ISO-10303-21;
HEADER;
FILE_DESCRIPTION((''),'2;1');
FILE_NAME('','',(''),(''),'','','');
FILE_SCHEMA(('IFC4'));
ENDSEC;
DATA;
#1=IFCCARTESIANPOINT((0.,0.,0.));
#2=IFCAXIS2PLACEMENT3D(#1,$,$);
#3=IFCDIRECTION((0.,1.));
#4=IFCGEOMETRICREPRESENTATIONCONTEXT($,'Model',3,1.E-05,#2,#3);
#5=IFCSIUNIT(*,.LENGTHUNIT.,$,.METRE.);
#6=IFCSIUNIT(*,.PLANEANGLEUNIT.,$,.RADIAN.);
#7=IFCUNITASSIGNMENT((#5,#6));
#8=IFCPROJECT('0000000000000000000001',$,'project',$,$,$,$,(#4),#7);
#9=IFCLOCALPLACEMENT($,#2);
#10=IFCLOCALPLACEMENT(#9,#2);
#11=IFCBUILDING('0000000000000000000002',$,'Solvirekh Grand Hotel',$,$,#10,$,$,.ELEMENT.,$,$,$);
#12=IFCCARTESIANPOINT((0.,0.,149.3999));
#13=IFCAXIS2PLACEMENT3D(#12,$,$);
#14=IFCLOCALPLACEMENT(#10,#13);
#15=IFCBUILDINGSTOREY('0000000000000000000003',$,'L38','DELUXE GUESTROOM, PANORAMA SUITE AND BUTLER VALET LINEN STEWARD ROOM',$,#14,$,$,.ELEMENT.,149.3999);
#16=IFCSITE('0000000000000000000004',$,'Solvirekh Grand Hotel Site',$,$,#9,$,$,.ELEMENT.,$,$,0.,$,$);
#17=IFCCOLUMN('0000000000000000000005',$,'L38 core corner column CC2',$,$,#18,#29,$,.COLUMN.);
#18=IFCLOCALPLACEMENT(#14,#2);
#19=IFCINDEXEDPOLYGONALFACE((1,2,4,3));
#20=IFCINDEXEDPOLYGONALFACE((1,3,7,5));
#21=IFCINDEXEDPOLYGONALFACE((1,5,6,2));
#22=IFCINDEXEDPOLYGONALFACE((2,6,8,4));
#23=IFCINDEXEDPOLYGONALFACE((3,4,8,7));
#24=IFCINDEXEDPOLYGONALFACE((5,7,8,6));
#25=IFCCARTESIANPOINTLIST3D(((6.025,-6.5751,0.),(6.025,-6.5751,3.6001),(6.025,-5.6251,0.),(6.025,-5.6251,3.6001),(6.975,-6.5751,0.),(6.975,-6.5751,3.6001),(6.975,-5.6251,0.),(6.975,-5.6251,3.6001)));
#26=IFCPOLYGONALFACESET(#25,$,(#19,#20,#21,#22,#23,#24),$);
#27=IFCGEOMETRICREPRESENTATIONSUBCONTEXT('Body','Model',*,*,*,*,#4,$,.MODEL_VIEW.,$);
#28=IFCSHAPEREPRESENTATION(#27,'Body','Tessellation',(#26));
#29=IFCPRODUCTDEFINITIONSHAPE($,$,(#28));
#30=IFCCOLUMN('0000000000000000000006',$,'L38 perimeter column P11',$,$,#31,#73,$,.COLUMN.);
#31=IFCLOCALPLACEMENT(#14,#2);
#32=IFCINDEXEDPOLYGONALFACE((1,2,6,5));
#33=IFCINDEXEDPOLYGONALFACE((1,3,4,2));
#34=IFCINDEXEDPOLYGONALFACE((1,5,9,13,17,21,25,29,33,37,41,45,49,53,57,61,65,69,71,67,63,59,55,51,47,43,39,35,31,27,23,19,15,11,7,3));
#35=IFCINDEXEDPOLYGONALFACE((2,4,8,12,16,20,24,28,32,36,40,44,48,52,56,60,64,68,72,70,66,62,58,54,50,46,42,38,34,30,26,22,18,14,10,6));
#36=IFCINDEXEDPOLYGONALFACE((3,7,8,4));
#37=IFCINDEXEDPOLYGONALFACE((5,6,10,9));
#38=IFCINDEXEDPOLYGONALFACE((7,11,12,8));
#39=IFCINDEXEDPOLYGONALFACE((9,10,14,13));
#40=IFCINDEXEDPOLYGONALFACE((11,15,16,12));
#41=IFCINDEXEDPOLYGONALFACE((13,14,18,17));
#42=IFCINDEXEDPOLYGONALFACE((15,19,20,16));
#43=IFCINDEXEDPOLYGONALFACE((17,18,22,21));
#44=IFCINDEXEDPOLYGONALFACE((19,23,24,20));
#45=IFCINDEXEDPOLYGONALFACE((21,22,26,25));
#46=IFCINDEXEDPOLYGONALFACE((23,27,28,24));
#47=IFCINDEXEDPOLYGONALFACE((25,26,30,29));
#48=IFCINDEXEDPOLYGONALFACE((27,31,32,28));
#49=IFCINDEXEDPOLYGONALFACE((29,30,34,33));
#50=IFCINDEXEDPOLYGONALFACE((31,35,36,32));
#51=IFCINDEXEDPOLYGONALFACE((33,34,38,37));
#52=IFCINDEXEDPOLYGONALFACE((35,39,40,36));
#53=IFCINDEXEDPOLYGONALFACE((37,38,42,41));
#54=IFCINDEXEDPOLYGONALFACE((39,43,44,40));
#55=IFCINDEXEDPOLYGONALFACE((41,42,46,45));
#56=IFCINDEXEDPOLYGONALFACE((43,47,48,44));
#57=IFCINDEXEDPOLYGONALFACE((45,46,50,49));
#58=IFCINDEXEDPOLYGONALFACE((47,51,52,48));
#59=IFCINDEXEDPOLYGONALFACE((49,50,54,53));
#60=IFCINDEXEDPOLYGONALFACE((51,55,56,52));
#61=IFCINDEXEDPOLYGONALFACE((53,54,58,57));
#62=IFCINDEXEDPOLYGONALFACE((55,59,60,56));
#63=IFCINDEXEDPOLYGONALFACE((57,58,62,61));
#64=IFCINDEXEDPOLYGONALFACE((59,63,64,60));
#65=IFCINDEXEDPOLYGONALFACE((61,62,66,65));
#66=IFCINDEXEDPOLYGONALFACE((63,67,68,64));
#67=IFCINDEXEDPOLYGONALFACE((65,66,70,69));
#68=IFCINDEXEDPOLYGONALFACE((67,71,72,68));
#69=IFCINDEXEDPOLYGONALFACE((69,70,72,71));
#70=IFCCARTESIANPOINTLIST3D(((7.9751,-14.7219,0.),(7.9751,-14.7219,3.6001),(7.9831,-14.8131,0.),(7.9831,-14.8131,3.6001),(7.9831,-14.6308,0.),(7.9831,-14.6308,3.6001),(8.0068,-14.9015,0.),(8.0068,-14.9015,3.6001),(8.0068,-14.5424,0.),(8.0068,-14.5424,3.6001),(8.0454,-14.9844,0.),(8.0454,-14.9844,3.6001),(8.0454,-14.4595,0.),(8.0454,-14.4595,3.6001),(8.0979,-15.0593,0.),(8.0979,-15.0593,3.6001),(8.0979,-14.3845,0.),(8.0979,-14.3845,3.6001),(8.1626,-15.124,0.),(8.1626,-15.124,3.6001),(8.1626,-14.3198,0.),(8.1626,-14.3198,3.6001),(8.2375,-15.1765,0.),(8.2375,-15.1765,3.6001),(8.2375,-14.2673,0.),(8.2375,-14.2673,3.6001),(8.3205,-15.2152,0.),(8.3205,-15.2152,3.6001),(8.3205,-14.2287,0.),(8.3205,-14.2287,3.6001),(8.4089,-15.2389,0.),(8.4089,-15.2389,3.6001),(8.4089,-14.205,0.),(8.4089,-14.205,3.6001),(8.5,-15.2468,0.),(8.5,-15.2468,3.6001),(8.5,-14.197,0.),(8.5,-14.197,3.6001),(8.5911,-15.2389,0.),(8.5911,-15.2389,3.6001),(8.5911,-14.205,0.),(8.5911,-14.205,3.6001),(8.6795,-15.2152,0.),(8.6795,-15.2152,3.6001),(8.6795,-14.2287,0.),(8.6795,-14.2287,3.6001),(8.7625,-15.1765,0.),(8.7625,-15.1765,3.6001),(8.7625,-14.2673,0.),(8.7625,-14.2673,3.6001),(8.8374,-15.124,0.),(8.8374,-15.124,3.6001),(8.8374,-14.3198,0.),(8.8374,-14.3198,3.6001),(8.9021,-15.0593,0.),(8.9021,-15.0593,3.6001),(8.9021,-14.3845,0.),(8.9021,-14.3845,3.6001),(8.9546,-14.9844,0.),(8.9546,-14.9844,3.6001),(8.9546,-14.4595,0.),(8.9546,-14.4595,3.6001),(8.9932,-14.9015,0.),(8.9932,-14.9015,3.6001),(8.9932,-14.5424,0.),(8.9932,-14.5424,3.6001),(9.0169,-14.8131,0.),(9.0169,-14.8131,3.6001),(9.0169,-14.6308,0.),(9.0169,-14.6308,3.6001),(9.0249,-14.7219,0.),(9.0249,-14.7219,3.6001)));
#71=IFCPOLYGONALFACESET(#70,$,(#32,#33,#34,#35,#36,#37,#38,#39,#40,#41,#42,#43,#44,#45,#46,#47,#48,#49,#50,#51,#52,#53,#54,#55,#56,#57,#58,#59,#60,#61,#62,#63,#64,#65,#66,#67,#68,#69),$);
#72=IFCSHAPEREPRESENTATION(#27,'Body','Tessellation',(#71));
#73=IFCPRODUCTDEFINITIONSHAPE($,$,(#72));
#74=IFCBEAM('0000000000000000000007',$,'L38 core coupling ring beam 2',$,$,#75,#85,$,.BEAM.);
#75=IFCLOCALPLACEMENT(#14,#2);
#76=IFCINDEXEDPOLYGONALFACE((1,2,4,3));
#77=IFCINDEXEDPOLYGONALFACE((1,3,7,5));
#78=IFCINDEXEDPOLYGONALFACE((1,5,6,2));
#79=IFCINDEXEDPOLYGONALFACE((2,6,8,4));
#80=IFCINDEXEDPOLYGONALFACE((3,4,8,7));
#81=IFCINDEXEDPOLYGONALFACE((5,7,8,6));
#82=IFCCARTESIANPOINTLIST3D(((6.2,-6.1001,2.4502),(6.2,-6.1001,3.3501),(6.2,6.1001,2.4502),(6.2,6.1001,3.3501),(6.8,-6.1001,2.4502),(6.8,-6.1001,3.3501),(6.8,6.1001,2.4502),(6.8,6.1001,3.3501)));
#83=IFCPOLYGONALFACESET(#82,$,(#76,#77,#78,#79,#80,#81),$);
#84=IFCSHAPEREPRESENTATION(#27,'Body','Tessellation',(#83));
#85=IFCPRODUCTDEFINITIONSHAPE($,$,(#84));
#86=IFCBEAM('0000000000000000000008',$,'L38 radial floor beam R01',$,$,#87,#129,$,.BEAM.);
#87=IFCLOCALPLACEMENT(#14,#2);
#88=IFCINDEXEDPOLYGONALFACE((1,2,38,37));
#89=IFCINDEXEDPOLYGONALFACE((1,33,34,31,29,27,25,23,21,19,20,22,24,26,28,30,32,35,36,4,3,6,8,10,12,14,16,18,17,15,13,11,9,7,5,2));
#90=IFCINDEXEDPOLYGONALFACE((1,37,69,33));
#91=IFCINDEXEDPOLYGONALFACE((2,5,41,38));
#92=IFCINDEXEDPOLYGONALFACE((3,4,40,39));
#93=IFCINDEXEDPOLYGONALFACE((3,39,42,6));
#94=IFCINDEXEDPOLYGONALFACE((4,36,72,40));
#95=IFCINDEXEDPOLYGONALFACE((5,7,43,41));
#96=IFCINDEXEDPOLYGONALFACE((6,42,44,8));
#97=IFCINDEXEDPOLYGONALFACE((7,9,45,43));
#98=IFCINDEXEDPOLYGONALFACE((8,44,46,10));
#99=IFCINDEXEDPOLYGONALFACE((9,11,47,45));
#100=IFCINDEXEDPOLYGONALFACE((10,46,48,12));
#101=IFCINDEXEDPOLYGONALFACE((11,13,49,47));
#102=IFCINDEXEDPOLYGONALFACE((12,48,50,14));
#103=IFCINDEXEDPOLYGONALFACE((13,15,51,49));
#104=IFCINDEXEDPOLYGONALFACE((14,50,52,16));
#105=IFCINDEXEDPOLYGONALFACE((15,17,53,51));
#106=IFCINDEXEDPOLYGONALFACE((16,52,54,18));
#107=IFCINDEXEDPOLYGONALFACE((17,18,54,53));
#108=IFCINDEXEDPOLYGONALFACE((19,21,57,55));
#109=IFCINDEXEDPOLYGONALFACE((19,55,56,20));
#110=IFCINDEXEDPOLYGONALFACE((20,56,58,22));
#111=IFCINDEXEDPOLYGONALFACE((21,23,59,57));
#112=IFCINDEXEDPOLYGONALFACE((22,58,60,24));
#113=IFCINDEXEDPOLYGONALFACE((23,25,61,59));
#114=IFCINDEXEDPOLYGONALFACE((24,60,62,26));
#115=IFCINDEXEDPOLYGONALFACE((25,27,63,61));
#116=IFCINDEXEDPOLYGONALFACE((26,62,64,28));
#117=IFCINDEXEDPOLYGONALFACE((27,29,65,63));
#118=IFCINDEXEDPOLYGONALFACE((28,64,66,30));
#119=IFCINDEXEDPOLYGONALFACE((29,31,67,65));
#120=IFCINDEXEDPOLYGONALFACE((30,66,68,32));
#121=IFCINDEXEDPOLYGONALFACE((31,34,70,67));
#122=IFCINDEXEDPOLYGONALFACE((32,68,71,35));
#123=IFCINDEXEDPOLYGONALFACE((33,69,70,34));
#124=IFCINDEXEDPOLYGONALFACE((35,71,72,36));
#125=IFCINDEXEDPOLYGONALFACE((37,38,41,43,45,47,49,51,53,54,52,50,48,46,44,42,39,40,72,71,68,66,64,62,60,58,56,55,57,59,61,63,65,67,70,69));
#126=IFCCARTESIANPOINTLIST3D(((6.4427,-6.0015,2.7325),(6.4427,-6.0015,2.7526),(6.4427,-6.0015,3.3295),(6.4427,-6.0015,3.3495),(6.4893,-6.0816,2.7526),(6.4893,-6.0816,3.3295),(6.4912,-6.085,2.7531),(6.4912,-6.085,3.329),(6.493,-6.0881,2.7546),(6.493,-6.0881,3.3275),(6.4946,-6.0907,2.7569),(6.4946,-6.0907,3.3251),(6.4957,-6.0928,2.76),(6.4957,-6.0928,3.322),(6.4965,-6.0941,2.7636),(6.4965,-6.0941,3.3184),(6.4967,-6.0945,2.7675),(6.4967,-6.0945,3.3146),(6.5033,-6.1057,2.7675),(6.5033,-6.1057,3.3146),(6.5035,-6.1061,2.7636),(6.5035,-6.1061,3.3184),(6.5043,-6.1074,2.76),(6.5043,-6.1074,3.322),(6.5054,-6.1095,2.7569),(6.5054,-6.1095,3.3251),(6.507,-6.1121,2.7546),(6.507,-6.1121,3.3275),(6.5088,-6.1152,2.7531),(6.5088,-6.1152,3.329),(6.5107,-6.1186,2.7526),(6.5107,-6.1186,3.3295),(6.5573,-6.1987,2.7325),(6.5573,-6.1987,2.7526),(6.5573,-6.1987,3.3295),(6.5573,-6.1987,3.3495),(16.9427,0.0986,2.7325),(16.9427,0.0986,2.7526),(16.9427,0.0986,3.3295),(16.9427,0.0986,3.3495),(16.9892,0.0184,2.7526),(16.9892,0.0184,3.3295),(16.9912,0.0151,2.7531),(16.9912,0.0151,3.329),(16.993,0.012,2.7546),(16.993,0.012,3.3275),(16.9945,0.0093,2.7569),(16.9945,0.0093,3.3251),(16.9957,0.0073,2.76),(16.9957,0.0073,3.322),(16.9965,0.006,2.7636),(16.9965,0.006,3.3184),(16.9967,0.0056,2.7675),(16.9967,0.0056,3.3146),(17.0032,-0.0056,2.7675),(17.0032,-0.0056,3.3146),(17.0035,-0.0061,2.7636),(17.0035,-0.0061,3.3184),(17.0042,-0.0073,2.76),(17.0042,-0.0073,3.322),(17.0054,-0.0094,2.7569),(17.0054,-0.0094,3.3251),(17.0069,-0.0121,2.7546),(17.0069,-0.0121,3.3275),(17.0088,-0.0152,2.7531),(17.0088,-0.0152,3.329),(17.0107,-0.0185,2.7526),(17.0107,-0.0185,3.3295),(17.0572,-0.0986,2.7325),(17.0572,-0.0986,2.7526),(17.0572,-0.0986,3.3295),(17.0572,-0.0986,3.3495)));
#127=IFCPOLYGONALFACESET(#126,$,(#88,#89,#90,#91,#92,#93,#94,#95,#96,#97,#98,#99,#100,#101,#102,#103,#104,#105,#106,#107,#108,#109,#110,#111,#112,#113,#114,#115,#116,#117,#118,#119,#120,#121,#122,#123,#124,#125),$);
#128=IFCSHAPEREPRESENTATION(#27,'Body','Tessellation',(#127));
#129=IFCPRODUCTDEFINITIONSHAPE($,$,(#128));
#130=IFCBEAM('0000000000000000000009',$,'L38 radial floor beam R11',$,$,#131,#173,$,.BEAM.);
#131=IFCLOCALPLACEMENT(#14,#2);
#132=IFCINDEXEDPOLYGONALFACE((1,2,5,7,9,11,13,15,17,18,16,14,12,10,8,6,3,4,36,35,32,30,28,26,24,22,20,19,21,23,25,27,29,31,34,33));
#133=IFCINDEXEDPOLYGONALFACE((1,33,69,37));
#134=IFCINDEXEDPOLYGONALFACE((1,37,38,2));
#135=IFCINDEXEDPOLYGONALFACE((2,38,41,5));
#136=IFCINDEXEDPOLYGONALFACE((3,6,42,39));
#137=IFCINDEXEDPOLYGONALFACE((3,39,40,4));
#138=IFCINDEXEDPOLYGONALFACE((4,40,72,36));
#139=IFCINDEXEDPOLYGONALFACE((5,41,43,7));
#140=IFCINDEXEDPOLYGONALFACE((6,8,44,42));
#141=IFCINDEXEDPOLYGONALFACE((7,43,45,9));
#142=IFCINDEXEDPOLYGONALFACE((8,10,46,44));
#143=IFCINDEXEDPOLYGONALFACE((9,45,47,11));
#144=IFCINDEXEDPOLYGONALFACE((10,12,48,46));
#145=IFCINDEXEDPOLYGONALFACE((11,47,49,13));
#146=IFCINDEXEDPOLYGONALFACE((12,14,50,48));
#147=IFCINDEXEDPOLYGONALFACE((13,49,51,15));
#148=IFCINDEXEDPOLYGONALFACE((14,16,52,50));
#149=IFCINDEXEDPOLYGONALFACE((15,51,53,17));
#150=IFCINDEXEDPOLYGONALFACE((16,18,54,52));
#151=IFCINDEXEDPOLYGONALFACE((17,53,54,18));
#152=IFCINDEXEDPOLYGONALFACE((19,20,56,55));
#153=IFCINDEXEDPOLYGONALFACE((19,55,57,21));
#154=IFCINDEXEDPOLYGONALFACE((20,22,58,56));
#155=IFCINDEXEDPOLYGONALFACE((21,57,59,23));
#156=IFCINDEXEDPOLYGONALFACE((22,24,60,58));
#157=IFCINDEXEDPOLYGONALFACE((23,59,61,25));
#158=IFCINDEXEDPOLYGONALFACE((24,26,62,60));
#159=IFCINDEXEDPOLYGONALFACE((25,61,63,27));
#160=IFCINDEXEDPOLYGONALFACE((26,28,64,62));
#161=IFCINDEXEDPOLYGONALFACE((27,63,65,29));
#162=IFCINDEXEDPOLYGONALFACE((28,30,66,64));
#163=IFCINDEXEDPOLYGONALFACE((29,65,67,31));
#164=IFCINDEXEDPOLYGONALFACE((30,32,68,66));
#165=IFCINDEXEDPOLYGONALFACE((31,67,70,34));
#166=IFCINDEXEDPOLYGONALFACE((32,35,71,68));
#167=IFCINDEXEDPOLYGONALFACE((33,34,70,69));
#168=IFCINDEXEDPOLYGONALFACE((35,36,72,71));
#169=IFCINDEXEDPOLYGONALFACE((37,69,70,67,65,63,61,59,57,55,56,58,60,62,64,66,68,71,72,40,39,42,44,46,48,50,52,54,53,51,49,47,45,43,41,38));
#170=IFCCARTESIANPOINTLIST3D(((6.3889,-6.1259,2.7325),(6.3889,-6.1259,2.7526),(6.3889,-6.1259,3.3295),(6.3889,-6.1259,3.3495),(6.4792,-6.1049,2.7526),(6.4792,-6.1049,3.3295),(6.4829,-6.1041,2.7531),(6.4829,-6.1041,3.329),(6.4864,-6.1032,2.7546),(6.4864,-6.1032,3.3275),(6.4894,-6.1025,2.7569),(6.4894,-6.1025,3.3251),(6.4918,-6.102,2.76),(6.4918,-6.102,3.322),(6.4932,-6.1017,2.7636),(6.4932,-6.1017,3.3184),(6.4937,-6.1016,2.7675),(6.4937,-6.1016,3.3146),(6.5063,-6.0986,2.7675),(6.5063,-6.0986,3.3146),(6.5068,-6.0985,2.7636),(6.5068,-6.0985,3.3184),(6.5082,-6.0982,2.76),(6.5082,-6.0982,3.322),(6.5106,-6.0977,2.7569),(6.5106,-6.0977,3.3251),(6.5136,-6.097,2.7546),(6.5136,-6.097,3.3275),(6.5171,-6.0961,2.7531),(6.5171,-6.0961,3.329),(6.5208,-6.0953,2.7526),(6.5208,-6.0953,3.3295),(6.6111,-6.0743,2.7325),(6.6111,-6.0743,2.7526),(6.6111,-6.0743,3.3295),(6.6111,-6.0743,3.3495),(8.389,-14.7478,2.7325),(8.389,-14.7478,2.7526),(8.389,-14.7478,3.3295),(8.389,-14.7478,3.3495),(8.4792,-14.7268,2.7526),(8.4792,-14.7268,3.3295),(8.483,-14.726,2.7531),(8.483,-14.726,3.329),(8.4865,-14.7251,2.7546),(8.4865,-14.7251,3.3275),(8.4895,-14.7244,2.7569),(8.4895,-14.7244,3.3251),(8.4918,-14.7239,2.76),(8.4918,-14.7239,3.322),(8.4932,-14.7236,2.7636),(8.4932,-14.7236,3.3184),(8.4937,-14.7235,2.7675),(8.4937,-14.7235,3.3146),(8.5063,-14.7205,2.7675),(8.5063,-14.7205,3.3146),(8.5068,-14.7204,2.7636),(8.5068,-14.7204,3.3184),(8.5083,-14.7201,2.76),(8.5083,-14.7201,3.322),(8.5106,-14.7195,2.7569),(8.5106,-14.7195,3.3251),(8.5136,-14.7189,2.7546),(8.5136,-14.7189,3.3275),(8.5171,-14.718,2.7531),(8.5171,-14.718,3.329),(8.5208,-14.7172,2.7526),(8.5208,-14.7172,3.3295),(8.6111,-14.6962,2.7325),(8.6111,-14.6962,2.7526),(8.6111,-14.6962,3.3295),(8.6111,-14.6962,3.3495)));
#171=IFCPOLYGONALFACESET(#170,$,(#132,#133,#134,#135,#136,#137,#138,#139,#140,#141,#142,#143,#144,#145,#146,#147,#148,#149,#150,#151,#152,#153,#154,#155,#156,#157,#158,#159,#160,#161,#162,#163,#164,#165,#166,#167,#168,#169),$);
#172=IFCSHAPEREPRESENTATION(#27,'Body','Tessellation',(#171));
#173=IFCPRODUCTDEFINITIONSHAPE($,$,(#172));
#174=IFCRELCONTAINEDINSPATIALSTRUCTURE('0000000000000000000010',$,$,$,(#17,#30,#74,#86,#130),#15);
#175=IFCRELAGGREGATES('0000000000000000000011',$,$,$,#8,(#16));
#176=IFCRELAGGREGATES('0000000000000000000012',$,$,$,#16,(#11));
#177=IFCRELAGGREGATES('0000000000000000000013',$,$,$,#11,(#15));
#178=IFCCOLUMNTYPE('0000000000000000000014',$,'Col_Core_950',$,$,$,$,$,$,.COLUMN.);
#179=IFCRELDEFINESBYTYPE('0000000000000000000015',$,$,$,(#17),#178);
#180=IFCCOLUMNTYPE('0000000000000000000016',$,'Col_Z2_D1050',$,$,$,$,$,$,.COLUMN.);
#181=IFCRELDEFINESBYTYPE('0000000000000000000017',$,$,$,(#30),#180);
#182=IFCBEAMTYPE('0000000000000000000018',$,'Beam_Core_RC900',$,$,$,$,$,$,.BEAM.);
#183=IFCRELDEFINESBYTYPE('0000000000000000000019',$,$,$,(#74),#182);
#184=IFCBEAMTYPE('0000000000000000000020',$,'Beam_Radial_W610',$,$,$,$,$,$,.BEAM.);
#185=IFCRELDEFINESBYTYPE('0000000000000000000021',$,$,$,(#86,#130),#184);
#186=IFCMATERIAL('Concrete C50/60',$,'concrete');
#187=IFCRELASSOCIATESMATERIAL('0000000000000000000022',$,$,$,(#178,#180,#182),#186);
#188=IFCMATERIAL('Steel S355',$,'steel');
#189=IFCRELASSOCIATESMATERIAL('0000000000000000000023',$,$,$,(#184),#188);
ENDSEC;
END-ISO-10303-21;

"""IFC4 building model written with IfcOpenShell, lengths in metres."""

from ifc_helpers import new_model, si_unit, direction, frame, origin, origin_2d, place, context, subcontext, project, spatial, rectangle, circle, i_section, extrude, material, material_profile, profile_set, type_object, element, save


model = new_model("IFC4")

# Units and contexts
model_context = context("Model", 3, precision=1e-05, world=origin(), true_north=direction((0.0, 1.0)))
body_context = subcontext(model_context, "Body", "Model", "MODEL_VIEW")
ifc_project = project(units=[si_unit("LENGTHUNIT", "METRE"), si_unit("PLANEANGLEUNIT", "RADIAN")], contexts=[model_context])

# Site, building, storey
site_placement = place(None, origin())
site = spatial("IfcSite", under=ifc_project, at=site_placement, Name="Solvirekh Grand Hotel Site", CompositionType="ELEMENT", RefElevation=0.0)
building_placement = place(site_placement, origin())
building = spatial("IfcBuilding", under=site, at=building_placement, Name="Solvirekh Grand Hotel", CompositionType="ELEMENT")
storey_placement = place(building_placement, frame((0.0, 0.0, 149.3999)))
storey = spatial("IfcBuildingStorey", under=building, at=storey_placement, Name="L38", Description="DELUXE GUESTROOM, PANORAMA SUITE AND BUTLER VALET LINEN STEWARD ROOM", CompositionType="ELEMENT", Elevation=149.3999)

# Columns
ifc_material_1 = material(Name="Concrete C50/60", Category="concrete")
ifc_material_profile_1 = material_profile(ifc_material_1, rectangle(XDim=0.95, YDim=0.95, at=origin_2d()), Name="RC 950X950")
ifc_profile_set_1 = profile_set([ifc_material_profile_1], Name="Concrete C50/60")
column_type_1 = type_object("IfcColumnType", Name="Col_Core_950", PredefinedType="COLUMN", material=ifc_profile_set_1)
column_1_placement = place(storey_placement, frame((6.5, -6.1001, 0.0), z_axis=(0.0, 0.0, 1.0), x_axis=(1.0, 0.0, 0.0)))
element("IfcColumn", 1, at=column_1_placement, inside=storey, type_object=column_type_1, Name="L38 core corner column CC2", PredefinedType="COLUMN", context=body_context, shape_type="SweptSolid", body=[
    extrude(rectangle(XDim=0.95, YDim=0.95, at=origin_2d()), origin(), (0.0, 0.0, 1.0), 3.6001),
])
ifc_material_profile_2 = material_profile(ifc_material_1, circle(Radius=0.5249, at=origin_2d()), Name="RC CIRC D1050")
ifc_profile_set_2 = profile_set([ifc_material_profile_2], Name="Concrete C50/60")
column_type_2 = type_object("IfcColumnType", Name="Col_Z2_D1050", PredefinedType="COLUMN", material=ifc_profile_set_2)
column_2_placement = place(storey_placement, frame((8.5, -14.7219, 0.0), z_axis=(0.0, 0.0, 1.0), x_axis=(1.0, 0.0, 0.0)))
element("IfcColumn", 2, at=column_2_placement, inside=storey, type_object=column_type_2, Name="L38 perimeter column P11", PredefinedType="COLUMN", context=body_context, shape_type="SweptSolid", body=[
    extrude(circle(Radius=0.5249, at=origin_2d()), origin(), (0.0, 0.0, 1.0), 3.6001),
])

# Beams
ifc_material_profile_3 = material_profile(ifc_material_1, rectangle(XDim=0.6001, YDim=0.8999, at=origin_2d()), Name="RC BEAM 600X900")
ifc_profile_set_3 = profile_set([ifc_material_profile_3], Name="Concrete C50/60")
beam_type_1 = type_object("IfcBeamType", Name="Beam_Core_RC900", PredefinedType="BEAM", material=ifc_profile_set_3)
beam_1_placement = place(storey_placement, frame((6.5, -6.1001, 2.9001), z_axis=(0.0, 1.0, 0.0), x_axis=(-1.0, 0.0, 0.0)))
element("IfcBeam", 3, at=beam_1_placement, inside=storey, type_object=beam_type_1, Name="L38 core coupling ring beam 2", PredefinedType="BEAM", context=body_context, shape_type="SweptSolid", body=[
    extrude(rectangle(XDim=0.6001, YDim=0.8999, at=origin_2d()), origin(), (0.0, 0.0, 1.0), 12.2002),
])
ifc_material_2 = material(Name="Steel S355", Category="steel")
ifc_material_profile_4 = material_profile(ifc_material_2, i_section(OverallWidth=0.228, OverallDepth=0.6169, WebThickness=0.0129, FlangeThickness=0.02, FilletRadius=0.0149, at=origin_2d()), Name="W610X140")
ifc_profile_set_4 = profile_set([ifc_material_profile_4], Name="Steel S355")
beam_type_2 = type_object("IfcBeamType", Name="Beam_Radial_W610", PredefinedType="BEAM", material=ifc_profile_set_4)
beam_2_placement = place(storey_placement, frame((6.5, -6.1001, 3.041), z_axis=(0.86467, 0.50234, 0.0), x_axis=(-0.50234, 0.86467, 0.0)))
element("IfcBeam", 4, at=beam_2_placement, inside=storey, type_object=beam_type_2, Name="L38 radial floor beam R01", PredefinedType="BEAM", context=body_context, shape_type="SweptSolid", body=[
    extrude(i_section(OverallWidth=0.228, OverallDepth=0.6169, WebThickness=0.0129, FlangeThickness=0.02, FilletRadius=0.0149, at=origin_2d()), origin(), (0.0, 0.0, 1.0), 12.1433),
])
beam_3_placement = place(storey_placement, frame((6.5, -6.1001, 3.041), z_axis=(0.225969, -0.974134, 0.0), x_axis=(0.974134, 0.225969, 0.0)))
element("IfcBeam", 5, at=beam_3_placement, inside=storey, type_object=beam_type_2, Name="L38 radial floor beam R11", PredefinedType="BEAM", context=body_context, shape_type="SweptSolid", body=[
    extrude(i_section(OverallWidth=0.228, OverallDepth=0.6169, WebThickness=0.0129, FlangeThickness=0.02, FilletRadius=0.0149, at=origin_2d()), origin(), (0.0, 0.0, 1.0), 8.8508),
])

save(model, "model.ifc")
